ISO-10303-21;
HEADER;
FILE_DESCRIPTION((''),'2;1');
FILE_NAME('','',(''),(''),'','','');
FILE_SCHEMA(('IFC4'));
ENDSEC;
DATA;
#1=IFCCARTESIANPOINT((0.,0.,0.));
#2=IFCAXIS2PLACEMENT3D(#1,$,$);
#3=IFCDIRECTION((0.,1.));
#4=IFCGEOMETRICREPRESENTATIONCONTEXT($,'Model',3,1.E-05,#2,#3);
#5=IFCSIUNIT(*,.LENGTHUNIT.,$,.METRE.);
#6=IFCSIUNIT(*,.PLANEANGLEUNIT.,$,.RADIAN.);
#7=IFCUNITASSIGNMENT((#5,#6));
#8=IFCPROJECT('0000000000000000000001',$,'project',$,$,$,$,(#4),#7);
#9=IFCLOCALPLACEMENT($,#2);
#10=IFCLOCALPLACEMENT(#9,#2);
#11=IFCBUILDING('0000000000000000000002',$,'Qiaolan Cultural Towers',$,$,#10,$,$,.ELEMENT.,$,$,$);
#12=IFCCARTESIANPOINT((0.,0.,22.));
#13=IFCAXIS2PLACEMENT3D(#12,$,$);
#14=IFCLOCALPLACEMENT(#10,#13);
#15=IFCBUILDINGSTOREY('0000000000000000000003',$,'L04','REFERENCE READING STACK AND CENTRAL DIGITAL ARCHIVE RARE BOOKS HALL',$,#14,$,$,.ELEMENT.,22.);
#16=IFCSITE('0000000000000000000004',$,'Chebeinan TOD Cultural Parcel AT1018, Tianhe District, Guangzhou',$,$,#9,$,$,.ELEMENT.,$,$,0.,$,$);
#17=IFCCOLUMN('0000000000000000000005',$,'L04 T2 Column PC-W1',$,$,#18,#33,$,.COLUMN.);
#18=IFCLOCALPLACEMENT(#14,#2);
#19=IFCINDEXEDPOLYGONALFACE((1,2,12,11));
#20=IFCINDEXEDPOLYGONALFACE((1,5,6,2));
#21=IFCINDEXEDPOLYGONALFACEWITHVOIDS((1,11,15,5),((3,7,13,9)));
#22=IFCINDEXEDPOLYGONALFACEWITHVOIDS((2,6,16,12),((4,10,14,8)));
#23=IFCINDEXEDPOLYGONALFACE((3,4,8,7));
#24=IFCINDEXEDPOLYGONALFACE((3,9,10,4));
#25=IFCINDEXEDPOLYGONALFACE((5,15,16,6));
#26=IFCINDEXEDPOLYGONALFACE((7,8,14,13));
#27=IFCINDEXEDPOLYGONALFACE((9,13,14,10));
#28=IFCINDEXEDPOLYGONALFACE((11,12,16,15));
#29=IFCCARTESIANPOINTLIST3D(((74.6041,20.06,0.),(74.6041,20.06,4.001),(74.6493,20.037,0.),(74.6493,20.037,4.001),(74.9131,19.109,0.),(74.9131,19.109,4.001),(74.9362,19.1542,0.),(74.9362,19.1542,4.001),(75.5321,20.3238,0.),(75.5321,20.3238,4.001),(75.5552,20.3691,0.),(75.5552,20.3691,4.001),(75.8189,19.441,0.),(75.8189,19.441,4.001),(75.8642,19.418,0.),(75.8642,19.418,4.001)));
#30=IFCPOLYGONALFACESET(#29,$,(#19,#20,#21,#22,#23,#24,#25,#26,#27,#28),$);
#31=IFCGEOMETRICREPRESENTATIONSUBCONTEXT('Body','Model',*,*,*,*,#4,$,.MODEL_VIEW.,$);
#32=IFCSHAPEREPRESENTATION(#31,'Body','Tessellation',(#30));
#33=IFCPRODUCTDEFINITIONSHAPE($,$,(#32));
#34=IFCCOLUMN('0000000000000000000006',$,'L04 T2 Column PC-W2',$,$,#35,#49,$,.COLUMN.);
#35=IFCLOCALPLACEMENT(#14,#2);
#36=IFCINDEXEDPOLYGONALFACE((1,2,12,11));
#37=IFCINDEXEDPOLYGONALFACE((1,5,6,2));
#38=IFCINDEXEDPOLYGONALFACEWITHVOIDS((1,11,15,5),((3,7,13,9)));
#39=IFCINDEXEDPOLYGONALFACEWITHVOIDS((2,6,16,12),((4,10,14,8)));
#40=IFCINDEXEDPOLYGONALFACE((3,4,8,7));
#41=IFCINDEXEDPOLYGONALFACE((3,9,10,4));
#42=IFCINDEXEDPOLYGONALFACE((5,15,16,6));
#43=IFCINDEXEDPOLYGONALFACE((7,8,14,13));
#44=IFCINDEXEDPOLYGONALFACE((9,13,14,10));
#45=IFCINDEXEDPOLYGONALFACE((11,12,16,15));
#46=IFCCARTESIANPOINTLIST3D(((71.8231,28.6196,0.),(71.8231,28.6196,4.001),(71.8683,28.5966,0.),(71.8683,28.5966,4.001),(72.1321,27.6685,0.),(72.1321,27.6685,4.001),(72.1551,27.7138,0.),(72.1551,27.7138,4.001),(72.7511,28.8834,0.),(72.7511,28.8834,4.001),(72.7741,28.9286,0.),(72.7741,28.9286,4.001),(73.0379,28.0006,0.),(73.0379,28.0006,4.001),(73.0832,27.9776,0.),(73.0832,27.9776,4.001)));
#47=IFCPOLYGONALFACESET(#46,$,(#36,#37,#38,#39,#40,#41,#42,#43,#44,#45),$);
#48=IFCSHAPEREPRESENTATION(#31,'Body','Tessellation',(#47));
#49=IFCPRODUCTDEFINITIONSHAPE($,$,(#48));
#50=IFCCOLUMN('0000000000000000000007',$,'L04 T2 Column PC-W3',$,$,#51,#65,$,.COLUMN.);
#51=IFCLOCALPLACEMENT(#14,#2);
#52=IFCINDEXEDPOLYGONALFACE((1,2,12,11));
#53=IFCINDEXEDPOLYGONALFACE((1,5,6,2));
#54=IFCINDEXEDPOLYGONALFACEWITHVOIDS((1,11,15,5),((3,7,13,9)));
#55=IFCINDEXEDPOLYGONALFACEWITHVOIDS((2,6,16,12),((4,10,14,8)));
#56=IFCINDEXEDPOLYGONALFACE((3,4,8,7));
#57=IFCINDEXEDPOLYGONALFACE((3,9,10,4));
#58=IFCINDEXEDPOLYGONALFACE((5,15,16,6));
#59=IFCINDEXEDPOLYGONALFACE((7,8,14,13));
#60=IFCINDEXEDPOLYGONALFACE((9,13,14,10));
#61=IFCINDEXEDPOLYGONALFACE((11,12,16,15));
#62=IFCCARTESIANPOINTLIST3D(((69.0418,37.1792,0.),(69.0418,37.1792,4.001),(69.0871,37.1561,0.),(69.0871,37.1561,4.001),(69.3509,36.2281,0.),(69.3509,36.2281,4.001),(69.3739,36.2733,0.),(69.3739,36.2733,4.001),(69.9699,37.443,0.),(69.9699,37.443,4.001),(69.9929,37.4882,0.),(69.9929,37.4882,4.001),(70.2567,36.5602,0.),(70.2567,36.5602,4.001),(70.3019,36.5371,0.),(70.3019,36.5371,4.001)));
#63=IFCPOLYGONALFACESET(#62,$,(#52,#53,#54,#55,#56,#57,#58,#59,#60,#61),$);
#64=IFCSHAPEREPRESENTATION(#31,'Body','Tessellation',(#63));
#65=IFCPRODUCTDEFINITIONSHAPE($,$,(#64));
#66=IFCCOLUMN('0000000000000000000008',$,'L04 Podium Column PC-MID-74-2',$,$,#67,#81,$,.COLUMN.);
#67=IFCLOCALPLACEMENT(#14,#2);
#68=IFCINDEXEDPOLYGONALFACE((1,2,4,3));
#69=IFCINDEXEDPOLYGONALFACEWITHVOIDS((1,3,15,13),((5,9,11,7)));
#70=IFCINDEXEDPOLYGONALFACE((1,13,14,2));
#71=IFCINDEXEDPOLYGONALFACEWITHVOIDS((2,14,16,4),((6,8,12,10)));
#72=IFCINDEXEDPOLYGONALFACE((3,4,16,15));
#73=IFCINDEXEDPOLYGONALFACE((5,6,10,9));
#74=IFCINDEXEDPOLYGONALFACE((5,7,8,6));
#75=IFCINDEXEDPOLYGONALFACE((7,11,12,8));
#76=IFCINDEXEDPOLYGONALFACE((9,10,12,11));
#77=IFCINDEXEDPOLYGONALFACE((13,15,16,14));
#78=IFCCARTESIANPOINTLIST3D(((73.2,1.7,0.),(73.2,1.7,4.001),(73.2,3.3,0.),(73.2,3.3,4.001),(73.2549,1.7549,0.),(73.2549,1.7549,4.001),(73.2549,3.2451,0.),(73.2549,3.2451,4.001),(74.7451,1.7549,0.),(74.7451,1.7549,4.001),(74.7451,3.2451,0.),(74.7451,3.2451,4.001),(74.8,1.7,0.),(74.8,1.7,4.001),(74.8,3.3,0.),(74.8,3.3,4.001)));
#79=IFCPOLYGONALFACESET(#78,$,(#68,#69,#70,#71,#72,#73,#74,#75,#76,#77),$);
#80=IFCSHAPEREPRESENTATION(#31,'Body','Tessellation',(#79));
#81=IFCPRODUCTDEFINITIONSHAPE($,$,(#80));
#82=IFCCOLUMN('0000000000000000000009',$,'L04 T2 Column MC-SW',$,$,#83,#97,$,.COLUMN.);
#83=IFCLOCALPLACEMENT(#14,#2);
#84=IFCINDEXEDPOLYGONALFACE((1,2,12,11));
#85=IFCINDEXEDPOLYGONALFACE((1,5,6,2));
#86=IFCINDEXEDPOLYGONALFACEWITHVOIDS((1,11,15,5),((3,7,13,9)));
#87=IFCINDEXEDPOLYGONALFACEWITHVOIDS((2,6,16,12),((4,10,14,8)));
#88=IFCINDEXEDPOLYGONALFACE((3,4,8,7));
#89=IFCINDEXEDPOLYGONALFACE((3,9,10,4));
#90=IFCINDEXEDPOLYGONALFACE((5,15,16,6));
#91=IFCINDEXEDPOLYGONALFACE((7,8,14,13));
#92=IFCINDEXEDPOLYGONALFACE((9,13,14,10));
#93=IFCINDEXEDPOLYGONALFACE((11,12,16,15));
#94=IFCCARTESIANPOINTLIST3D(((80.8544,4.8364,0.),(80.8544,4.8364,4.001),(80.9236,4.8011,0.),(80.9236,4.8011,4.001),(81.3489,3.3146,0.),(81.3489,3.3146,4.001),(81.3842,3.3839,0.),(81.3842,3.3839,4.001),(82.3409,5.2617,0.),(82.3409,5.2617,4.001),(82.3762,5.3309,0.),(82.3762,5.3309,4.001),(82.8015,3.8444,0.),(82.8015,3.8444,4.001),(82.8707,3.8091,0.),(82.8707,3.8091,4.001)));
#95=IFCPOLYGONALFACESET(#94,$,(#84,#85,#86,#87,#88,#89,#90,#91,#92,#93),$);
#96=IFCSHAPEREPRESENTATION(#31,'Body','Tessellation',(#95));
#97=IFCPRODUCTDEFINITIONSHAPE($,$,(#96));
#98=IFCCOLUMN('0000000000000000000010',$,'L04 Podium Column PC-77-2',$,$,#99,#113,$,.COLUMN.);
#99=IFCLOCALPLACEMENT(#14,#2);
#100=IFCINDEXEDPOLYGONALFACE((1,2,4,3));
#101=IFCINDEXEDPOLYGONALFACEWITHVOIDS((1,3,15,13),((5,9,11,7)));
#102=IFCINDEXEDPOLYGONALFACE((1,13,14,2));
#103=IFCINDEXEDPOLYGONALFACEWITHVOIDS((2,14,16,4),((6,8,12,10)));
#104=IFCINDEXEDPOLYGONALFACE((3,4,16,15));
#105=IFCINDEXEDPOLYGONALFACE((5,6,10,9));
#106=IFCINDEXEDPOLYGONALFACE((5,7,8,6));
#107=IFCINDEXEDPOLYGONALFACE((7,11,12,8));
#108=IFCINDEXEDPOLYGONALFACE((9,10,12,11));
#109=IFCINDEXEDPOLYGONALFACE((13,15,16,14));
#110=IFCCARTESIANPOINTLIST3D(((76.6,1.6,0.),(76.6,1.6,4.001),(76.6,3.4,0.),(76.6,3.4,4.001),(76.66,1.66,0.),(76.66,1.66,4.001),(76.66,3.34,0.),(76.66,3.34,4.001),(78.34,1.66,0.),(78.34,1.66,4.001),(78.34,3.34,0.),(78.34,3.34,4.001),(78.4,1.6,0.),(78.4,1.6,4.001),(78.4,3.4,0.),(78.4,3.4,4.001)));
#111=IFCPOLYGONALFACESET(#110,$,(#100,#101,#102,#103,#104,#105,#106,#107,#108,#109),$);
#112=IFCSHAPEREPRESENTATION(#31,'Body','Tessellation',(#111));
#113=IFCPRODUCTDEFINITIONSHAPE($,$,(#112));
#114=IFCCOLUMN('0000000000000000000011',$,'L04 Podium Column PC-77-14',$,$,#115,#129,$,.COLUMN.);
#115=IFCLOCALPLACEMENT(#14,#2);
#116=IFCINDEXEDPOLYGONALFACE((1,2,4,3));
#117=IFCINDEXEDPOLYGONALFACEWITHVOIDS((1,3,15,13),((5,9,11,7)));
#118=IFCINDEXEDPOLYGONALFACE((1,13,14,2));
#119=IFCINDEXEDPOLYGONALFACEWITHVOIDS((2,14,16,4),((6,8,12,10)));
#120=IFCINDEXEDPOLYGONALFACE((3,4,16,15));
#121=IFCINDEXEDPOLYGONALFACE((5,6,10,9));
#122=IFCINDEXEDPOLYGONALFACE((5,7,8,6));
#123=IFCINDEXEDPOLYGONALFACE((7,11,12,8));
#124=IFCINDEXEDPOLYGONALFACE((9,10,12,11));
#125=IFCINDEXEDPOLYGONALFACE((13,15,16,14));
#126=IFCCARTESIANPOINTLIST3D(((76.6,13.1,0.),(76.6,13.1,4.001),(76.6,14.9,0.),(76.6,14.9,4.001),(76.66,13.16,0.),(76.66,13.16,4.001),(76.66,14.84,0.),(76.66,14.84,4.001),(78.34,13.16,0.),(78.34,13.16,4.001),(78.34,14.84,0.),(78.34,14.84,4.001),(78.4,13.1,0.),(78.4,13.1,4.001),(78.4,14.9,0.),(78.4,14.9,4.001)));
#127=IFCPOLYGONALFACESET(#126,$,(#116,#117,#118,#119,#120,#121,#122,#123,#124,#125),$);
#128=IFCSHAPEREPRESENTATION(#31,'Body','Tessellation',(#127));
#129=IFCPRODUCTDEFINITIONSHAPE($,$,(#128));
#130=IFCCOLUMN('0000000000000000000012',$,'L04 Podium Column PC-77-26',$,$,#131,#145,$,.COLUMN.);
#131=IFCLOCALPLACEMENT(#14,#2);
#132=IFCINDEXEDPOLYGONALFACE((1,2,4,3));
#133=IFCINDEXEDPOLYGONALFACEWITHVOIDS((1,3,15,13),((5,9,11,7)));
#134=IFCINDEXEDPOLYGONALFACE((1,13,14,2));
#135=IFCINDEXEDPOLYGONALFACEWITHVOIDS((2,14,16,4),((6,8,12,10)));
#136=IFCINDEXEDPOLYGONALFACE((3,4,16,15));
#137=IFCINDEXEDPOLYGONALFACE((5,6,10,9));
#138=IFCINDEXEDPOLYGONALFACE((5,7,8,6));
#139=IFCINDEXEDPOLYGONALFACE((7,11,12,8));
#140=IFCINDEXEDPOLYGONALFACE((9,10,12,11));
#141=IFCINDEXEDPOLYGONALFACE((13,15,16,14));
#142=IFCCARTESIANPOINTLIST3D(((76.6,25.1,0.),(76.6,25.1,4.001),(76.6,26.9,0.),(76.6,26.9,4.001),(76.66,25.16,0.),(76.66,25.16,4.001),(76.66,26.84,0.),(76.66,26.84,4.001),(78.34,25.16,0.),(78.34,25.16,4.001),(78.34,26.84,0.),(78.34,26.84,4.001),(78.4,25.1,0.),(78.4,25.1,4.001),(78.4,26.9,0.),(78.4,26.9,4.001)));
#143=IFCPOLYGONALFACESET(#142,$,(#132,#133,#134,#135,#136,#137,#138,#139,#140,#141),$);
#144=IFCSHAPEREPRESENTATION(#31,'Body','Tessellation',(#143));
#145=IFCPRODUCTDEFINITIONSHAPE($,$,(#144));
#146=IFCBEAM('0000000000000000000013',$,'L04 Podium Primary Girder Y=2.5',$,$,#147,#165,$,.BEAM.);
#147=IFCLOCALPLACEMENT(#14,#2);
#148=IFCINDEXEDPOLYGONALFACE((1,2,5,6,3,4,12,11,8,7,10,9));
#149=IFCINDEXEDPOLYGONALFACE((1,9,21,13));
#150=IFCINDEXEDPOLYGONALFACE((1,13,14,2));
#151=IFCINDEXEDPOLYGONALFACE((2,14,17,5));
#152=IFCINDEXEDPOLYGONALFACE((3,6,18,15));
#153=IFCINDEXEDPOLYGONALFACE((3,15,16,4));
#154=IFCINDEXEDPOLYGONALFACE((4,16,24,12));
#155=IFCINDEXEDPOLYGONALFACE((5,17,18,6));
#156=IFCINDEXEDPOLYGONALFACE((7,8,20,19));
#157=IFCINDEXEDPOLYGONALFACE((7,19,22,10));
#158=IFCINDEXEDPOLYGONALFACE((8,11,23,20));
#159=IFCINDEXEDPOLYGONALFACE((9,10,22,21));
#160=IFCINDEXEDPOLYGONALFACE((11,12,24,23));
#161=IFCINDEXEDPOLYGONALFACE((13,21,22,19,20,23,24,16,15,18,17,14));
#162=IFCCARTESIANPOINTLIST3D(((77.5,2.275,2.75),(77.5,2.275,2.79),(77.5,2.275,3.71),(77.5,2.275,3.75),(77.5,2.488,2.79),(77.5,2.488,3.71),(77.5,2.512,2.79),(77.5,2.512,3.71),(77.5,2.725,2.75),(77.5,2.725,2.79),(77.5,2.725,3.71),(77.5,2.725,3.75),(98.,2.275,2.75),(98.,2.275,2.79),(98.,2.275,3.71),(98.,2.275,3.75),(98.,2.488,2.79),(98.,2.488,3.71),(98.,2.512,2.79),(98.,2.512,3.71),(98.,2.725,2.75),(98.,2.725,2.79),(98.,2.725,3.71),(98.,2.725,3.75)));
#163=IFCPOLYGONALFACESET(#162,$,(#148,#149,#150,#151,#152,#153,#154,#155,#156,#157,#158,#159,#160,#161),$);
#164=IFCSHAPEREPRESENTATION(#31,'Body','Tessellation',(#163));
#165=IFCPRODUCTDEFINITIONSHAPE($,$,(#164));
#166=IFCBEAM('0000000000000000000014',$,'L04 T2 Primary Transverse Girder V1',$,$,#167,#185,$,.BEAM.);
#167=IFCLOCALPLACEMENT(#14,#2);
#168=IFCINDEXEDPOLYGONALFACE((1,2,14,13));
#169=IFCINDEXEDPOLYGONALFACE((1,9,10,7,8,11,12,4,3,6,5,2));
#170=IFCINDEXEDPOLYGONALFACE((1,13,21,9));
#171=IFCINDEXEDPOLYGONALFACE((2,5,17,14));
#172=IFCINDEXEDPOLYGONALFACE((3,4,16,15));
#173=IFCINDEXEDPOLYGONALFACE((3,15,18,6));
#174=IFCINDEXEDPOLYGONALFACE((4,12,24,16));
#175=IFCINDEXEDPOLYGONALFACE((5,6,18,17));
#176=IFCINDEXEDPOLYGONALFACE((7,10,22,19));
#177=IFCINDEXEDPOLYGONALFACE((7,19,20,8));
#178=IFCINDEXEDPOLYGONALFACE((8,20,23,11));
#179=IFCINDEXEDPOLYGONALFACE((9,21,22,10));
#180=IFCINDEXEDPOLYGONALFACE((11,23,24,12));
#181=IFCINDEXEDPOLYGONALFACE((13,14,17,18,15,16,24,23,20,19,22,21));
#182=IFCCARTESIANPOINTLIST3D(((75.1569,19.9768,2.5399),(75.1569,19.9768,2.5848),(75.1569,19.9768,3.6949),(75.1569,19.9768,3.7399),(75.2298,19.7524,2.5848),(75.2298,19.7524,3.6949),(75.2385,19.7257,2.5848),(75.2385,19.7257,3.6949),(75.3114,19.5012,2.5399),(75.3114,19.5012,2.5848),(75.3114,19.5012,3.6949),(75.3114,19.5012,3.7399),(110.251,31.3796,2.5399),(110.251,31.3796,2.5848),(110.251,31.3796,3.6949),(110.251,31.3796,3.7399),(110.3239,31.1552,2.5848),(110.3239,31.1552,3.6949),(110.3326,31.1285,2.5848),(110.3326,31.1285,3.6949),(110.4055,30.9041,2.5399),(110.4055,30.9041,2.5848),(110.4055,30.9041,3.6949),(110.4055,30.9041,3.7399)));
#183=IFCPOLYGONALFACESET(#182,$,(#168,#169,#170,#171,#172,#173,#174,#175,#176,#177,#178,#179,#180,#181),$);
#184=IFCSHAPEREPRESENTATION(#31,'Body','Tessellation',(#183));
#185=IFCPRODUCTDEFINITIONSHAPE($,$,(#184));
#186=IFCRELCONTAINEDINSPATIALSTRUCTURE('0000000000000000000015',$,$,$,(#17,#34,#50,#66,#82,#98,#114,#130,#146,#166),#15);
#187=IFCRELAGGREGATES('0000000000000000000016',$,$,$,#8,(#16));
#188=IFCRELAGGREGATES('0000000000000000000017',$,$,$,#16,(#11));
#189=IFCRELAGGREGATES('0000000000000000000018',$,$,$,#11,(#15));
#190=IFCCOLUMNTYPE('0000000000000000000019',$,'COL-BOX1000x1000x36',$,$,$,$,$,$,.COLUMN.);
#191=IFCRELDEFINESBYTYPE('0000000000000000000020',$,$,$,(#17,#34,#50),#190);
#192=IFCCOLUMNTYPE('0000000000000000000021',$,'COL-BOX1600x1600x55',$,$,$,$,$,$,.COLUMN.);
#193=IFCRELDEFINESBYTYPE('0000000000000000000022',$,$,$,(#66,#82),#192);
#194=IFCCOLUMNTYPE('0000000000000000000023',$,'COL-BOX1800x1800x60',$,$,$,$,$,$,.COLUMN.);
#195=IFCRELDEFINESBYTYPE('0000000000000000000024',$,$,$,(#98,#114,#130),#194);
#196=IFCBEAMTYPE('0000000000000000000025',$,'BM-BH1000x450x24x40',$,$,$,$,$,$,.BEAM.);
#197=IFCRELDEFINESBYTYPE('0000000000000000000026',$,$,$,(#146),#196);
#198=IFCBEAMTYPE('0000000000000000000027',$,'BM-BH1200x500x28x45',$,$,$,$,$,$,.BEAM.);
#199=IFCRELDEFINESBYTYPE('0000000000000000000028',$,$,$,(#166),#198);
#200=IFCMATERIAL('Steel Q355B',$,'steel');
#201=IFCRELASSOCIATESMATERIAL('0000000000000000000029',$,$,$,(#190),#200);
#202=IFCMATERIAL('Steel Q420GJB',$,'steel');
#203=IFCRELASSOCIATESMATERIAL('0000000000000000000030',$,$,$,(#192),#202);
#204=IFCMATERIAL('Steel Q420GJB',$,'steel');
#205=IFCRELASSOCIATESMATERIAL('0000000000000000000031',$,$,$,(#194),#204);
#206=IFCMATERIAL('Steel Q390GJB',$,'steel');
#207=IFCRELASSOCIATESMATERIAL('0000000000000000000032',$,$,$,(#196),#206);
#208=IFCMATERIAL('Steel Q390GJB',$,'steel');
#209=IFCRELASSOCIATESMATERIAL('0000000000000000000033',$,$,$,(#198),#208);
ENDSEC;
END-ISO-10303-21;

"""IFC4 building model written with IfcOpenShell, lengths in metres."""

from ifc_helpers import new_model, si_unit, direction, frame, origin, origin_2d, place, context, subcontext, project, spatial, hollow_rectangle, i_section, extrude, material, material_profile, profile_set, type_object, element, save


model = new_model("IFC4")

# Units and contexts
model_context = context("Model", 3, precision=1e-05, world=origin(), true_north=direction((0.0, 1.0)))
body_context = subcontext(model_context, "Body", "Model", "MODEL_VIEW")
ifc_project = project(units=[si_unit("LENGTHUNIT", "METRE"), si_unit("PLANEANGLEUNIT", "RADIAN")], contexts=[model_context])

# Site, building, storey
site_placement = place(None, origin())
site = spatial("IfcSite", under=ifc_project, at=site_placement, Name="Chebeinan TOD Cultural Parcel AT1018, Tianhe District, Guangzhou", CompositionType="ELEMENT", RefElevation=0.0)
building_placement = place(site_placement, origin())
building = spatial("IfcBuilding", under=site, at=building_placement, Name="Qiaolan Cultural Towers", CompositionType="ELEMENT")
storey_placement = place(building_placement, frame((0.0, 0.0, 22.0)))
storey = spatial("IfcBuildingStorey", under=building, at=storey_placement, Name="L04", Description="REFERENCE READING STACK AND CENTRAL DIGITAL ARCHIVE RARE BOOKS HALL", CompositionType="ELEMENT", Elevation=22.0)

# Columns
ifc_material_1 = material(Name="Steel Q355B", Category="steel")
ifc_material_profile_1 = material_profile(ifc_material_1, hollow_rectangle(XDim=1.0, YDim=1.0, WallThickness=0.0359, at=origin_2d()), Name="BOX1000x1000x36")
ifc_profile_set_1 = profile_set([ifc_material_profile_1], Name="Steel Q355B")
column_type_1 = type_object("IfcColumnType", Name="COL-BOX1000x1000x36", PredefinedType="COLUMN", material=ifc_profile_set_1)
for number, where, z_axis, x_axis, name in (
    (1, (75.2341, 19.739, 0.0), (0.0, 0.0, 1.0), (0.951057, 0.309017, 0.0), "L04 T2 Column PC-W1"),
    (2, (72.4531, 28.2986, 0.0), (0.0, 0.0, 1.0), (0.951057, 0.309017, 0.0), "L04 T2 Column PC-W2"),
    (3, (69.6719, 36.8582, 0.0), (0.0, 0.0, 1.0), (0.951057, 0.309017, 0.0), "L04 T2 Column PC-W3"),
):
    element("IfcColumn", number, at=place(storey_placement, frame(where, z_axis=z_axis, x_axis=x_axis)), inside=storey, type_object=column_type_1, Name=name, PredefinedType="COLUMN", context=body_context, shape_type="SweptSolid", body=[
        extrude(hollow_rectangle(XDim=1.0, YDim=1.0, WallThickness=0.0359, at=origin_2d()), origin(), (0.0, 0.0, 1.0), 4.001),
    ])
ifc_material_2 = material(Name="Steel Q420GJB", Category="steel")
ifc_material_profile_2 = material_profile(ifc_material_2, hollow_rectangle(XDim=1.6001, YDim=1.6001, WallThickness=0.0549, at=origin_2d()), Name="BOX1600x1600x55")
ifc_profile_set_2 = profile_set([ifc_material_profile_2], Name="Steel Q420GJB")
column_type_2 = type_object("IfcColumnType", Name="COL-BOX1600x1600x55", PredefinedType="COLUMN", material=ifc_profile_set_2)
for number, where, z_axis, x_axis, name in (
    (4, (74.0, 2.5, 0.0), (0.0, 0.0, 1.0), (1.0, 0.0, 0.0), "L04 Podium Column PC-MID-74-2"),
    (5, (81.8625, 4.3228, 0.0), (0.0, 0.0, 1.0), (0.951057, 0.309017, 0.0), "L04 T2 Column MC-SW"),
):
    element("IfcColumn", number, at=place(storey_placement, frame(where, z_axis=z_axis, x_axis=x_axis)), inside=storey, type_object=column_type_2, Name=name, PredefinedType="COLUMN", context=body_context, shape_type="SweptSolid", body=[
        extrude(hollow_rectangle(XDim=1.6001, YDim=1.6001, WallThickness=0.0549, at=origin_2d()), origin(), (0.0, 0.0, 1.0), 4.001),
    ])
ifc_material_3 = material(Name="Steel Q420GJB", Category="steel")
ifc_material_profile_3 = material_profile(ifc_material_3, hollow_rectangle(XDim=1.8, YDim=1.8, WallThickness=0.0601, at=origin_2d()), Name="BOX1800x1800x60")
ifc_profile_set_3 = profile_set([ifc_material_profile_3], Name="Steel Q420GJB")
column_type_3 = type_object("IfcColumnType", Name="COL-BOX1800x1800x60", PredefinedType="COLUMN", material=ifc_profile_set_3)
for number, where, z_axis, x_axis, name in (
    (6, (77.5, 2.5, 0.0), (0.0, 0.0, 1.0), (1.0, 0.0, 0.0), "L04 Podium Column PC-77-2"),
    (7, (77.5, 14.0, 0.0), (0.0, 0.0, 1.0), (1.0, 0.0, 0.0), "L04 Podium Column PC-77-14"),
    (8, (77.5, 26.0, 0.0), (0.0, 0.0, 1.0), (1.0, 0.0, 0.0), "L04 Podium Column PC-77-26"),
):
    element("IfcColumn", number, at=place(storey_placement, frame(where, z_axis=z_axis, x_axis=x_axis)), inside=storey, type_object=column_type_3, Name=name, PredefinedType="COLUMN", context=body_context, shape_type="SweptSolid", body=[
        extrude(hollow_rectangle(XDim=1.8, YDim=1.8, WallThickness=0.0601, at=origin_2d()), origin(), (0.0, 0.0, 1.0), 4.001),
    ])

# Beams
ifc_material_4 = material(Name="Steel Q390GJB", Category="steel")
ifc_material_profile_4 = material_profile(ifc_material_4, i_section(OverallWidth=0.45, OverallDepth=1.0, WebThickness=0.0239, FlangeThickness=0.04, at=origin_2d()), Name="BH1000x450x24x40")
ifc_profile_set_4 = profile_set([ifc_material_profile_4], Name="Steel Q390GJB")
beam_type_1 = type_object("IfcBeamType", Name="BM-BH1000x450x24x40", PredefinedType="BEAM", material=ifc_profile_set_4)
beam_1_placement = place(storey_placement, frame((77.5, 2.5, 3.25), z_axis=(1.0, 0.0, 0.0), x_axis=(0.0, 1.0, 0.0)))
element("IfcBeam", 9, at=beam_1_placement, inside=storey, type_object=beam_type_1, Name="L04 Podium Primary Girder Y=2.5", PredefinedType="BEAM", context=body_context, shape_type="SweptSolid", body=[
    extrude(i_section(OverallWidth=0.45, OverallDepth=1.0, WebThickness=0.0239, FlangeThickness=0.04, at=origin_2d()), origin(), (0.0, 0.0, 1.0), 20.5),
])
ifc_material_5 = material(Name="Steel Q390GJB", Category="steel")
ifc_material_profile_5 = material_profile(ifc_material_5, i_section(OverallWidth=0.5, OverallDepth=1.2, WebThickness=0.0281, FlangeThickness=0.0449, at=origin_2d()), Name="BH1200x500x28x45")
ifc_profile_set_5 = profile_set([ifc_material_profile_5], Name="Steel Q390GJB")
beam_type_2 = type_object("IfcBeamType", Name="BM-BH1200x500x28x45", PredefinedType="BEAM", material=ifc_profile_set_5)
beam_2_placement = place(storey_placement, frame((75.2341, 19.739, 3.1399), z_axis=(0.951056, 0.309019, 0.0), x_axis=(-0.309019, 0.951056, 0.0)))
element("IfcBeam", 10, at=beam_2_placement, inside=storey, type_object=beam_type_2, Name="L04 T2 Primary Transverse Girder V1", PredefinedType="BEAM", context=body_context, shape_type="SweptSolid", body=[
    extrude(i_section(OverallWidth=0.5, OverallDepth=1.2, WebThickness=0.0281, FlangeThickness=0.0449, at=origin_2d()), origin(), (0.0, 0.0, 1.0), 36.9001),
])

save(model, "model.ifc")
